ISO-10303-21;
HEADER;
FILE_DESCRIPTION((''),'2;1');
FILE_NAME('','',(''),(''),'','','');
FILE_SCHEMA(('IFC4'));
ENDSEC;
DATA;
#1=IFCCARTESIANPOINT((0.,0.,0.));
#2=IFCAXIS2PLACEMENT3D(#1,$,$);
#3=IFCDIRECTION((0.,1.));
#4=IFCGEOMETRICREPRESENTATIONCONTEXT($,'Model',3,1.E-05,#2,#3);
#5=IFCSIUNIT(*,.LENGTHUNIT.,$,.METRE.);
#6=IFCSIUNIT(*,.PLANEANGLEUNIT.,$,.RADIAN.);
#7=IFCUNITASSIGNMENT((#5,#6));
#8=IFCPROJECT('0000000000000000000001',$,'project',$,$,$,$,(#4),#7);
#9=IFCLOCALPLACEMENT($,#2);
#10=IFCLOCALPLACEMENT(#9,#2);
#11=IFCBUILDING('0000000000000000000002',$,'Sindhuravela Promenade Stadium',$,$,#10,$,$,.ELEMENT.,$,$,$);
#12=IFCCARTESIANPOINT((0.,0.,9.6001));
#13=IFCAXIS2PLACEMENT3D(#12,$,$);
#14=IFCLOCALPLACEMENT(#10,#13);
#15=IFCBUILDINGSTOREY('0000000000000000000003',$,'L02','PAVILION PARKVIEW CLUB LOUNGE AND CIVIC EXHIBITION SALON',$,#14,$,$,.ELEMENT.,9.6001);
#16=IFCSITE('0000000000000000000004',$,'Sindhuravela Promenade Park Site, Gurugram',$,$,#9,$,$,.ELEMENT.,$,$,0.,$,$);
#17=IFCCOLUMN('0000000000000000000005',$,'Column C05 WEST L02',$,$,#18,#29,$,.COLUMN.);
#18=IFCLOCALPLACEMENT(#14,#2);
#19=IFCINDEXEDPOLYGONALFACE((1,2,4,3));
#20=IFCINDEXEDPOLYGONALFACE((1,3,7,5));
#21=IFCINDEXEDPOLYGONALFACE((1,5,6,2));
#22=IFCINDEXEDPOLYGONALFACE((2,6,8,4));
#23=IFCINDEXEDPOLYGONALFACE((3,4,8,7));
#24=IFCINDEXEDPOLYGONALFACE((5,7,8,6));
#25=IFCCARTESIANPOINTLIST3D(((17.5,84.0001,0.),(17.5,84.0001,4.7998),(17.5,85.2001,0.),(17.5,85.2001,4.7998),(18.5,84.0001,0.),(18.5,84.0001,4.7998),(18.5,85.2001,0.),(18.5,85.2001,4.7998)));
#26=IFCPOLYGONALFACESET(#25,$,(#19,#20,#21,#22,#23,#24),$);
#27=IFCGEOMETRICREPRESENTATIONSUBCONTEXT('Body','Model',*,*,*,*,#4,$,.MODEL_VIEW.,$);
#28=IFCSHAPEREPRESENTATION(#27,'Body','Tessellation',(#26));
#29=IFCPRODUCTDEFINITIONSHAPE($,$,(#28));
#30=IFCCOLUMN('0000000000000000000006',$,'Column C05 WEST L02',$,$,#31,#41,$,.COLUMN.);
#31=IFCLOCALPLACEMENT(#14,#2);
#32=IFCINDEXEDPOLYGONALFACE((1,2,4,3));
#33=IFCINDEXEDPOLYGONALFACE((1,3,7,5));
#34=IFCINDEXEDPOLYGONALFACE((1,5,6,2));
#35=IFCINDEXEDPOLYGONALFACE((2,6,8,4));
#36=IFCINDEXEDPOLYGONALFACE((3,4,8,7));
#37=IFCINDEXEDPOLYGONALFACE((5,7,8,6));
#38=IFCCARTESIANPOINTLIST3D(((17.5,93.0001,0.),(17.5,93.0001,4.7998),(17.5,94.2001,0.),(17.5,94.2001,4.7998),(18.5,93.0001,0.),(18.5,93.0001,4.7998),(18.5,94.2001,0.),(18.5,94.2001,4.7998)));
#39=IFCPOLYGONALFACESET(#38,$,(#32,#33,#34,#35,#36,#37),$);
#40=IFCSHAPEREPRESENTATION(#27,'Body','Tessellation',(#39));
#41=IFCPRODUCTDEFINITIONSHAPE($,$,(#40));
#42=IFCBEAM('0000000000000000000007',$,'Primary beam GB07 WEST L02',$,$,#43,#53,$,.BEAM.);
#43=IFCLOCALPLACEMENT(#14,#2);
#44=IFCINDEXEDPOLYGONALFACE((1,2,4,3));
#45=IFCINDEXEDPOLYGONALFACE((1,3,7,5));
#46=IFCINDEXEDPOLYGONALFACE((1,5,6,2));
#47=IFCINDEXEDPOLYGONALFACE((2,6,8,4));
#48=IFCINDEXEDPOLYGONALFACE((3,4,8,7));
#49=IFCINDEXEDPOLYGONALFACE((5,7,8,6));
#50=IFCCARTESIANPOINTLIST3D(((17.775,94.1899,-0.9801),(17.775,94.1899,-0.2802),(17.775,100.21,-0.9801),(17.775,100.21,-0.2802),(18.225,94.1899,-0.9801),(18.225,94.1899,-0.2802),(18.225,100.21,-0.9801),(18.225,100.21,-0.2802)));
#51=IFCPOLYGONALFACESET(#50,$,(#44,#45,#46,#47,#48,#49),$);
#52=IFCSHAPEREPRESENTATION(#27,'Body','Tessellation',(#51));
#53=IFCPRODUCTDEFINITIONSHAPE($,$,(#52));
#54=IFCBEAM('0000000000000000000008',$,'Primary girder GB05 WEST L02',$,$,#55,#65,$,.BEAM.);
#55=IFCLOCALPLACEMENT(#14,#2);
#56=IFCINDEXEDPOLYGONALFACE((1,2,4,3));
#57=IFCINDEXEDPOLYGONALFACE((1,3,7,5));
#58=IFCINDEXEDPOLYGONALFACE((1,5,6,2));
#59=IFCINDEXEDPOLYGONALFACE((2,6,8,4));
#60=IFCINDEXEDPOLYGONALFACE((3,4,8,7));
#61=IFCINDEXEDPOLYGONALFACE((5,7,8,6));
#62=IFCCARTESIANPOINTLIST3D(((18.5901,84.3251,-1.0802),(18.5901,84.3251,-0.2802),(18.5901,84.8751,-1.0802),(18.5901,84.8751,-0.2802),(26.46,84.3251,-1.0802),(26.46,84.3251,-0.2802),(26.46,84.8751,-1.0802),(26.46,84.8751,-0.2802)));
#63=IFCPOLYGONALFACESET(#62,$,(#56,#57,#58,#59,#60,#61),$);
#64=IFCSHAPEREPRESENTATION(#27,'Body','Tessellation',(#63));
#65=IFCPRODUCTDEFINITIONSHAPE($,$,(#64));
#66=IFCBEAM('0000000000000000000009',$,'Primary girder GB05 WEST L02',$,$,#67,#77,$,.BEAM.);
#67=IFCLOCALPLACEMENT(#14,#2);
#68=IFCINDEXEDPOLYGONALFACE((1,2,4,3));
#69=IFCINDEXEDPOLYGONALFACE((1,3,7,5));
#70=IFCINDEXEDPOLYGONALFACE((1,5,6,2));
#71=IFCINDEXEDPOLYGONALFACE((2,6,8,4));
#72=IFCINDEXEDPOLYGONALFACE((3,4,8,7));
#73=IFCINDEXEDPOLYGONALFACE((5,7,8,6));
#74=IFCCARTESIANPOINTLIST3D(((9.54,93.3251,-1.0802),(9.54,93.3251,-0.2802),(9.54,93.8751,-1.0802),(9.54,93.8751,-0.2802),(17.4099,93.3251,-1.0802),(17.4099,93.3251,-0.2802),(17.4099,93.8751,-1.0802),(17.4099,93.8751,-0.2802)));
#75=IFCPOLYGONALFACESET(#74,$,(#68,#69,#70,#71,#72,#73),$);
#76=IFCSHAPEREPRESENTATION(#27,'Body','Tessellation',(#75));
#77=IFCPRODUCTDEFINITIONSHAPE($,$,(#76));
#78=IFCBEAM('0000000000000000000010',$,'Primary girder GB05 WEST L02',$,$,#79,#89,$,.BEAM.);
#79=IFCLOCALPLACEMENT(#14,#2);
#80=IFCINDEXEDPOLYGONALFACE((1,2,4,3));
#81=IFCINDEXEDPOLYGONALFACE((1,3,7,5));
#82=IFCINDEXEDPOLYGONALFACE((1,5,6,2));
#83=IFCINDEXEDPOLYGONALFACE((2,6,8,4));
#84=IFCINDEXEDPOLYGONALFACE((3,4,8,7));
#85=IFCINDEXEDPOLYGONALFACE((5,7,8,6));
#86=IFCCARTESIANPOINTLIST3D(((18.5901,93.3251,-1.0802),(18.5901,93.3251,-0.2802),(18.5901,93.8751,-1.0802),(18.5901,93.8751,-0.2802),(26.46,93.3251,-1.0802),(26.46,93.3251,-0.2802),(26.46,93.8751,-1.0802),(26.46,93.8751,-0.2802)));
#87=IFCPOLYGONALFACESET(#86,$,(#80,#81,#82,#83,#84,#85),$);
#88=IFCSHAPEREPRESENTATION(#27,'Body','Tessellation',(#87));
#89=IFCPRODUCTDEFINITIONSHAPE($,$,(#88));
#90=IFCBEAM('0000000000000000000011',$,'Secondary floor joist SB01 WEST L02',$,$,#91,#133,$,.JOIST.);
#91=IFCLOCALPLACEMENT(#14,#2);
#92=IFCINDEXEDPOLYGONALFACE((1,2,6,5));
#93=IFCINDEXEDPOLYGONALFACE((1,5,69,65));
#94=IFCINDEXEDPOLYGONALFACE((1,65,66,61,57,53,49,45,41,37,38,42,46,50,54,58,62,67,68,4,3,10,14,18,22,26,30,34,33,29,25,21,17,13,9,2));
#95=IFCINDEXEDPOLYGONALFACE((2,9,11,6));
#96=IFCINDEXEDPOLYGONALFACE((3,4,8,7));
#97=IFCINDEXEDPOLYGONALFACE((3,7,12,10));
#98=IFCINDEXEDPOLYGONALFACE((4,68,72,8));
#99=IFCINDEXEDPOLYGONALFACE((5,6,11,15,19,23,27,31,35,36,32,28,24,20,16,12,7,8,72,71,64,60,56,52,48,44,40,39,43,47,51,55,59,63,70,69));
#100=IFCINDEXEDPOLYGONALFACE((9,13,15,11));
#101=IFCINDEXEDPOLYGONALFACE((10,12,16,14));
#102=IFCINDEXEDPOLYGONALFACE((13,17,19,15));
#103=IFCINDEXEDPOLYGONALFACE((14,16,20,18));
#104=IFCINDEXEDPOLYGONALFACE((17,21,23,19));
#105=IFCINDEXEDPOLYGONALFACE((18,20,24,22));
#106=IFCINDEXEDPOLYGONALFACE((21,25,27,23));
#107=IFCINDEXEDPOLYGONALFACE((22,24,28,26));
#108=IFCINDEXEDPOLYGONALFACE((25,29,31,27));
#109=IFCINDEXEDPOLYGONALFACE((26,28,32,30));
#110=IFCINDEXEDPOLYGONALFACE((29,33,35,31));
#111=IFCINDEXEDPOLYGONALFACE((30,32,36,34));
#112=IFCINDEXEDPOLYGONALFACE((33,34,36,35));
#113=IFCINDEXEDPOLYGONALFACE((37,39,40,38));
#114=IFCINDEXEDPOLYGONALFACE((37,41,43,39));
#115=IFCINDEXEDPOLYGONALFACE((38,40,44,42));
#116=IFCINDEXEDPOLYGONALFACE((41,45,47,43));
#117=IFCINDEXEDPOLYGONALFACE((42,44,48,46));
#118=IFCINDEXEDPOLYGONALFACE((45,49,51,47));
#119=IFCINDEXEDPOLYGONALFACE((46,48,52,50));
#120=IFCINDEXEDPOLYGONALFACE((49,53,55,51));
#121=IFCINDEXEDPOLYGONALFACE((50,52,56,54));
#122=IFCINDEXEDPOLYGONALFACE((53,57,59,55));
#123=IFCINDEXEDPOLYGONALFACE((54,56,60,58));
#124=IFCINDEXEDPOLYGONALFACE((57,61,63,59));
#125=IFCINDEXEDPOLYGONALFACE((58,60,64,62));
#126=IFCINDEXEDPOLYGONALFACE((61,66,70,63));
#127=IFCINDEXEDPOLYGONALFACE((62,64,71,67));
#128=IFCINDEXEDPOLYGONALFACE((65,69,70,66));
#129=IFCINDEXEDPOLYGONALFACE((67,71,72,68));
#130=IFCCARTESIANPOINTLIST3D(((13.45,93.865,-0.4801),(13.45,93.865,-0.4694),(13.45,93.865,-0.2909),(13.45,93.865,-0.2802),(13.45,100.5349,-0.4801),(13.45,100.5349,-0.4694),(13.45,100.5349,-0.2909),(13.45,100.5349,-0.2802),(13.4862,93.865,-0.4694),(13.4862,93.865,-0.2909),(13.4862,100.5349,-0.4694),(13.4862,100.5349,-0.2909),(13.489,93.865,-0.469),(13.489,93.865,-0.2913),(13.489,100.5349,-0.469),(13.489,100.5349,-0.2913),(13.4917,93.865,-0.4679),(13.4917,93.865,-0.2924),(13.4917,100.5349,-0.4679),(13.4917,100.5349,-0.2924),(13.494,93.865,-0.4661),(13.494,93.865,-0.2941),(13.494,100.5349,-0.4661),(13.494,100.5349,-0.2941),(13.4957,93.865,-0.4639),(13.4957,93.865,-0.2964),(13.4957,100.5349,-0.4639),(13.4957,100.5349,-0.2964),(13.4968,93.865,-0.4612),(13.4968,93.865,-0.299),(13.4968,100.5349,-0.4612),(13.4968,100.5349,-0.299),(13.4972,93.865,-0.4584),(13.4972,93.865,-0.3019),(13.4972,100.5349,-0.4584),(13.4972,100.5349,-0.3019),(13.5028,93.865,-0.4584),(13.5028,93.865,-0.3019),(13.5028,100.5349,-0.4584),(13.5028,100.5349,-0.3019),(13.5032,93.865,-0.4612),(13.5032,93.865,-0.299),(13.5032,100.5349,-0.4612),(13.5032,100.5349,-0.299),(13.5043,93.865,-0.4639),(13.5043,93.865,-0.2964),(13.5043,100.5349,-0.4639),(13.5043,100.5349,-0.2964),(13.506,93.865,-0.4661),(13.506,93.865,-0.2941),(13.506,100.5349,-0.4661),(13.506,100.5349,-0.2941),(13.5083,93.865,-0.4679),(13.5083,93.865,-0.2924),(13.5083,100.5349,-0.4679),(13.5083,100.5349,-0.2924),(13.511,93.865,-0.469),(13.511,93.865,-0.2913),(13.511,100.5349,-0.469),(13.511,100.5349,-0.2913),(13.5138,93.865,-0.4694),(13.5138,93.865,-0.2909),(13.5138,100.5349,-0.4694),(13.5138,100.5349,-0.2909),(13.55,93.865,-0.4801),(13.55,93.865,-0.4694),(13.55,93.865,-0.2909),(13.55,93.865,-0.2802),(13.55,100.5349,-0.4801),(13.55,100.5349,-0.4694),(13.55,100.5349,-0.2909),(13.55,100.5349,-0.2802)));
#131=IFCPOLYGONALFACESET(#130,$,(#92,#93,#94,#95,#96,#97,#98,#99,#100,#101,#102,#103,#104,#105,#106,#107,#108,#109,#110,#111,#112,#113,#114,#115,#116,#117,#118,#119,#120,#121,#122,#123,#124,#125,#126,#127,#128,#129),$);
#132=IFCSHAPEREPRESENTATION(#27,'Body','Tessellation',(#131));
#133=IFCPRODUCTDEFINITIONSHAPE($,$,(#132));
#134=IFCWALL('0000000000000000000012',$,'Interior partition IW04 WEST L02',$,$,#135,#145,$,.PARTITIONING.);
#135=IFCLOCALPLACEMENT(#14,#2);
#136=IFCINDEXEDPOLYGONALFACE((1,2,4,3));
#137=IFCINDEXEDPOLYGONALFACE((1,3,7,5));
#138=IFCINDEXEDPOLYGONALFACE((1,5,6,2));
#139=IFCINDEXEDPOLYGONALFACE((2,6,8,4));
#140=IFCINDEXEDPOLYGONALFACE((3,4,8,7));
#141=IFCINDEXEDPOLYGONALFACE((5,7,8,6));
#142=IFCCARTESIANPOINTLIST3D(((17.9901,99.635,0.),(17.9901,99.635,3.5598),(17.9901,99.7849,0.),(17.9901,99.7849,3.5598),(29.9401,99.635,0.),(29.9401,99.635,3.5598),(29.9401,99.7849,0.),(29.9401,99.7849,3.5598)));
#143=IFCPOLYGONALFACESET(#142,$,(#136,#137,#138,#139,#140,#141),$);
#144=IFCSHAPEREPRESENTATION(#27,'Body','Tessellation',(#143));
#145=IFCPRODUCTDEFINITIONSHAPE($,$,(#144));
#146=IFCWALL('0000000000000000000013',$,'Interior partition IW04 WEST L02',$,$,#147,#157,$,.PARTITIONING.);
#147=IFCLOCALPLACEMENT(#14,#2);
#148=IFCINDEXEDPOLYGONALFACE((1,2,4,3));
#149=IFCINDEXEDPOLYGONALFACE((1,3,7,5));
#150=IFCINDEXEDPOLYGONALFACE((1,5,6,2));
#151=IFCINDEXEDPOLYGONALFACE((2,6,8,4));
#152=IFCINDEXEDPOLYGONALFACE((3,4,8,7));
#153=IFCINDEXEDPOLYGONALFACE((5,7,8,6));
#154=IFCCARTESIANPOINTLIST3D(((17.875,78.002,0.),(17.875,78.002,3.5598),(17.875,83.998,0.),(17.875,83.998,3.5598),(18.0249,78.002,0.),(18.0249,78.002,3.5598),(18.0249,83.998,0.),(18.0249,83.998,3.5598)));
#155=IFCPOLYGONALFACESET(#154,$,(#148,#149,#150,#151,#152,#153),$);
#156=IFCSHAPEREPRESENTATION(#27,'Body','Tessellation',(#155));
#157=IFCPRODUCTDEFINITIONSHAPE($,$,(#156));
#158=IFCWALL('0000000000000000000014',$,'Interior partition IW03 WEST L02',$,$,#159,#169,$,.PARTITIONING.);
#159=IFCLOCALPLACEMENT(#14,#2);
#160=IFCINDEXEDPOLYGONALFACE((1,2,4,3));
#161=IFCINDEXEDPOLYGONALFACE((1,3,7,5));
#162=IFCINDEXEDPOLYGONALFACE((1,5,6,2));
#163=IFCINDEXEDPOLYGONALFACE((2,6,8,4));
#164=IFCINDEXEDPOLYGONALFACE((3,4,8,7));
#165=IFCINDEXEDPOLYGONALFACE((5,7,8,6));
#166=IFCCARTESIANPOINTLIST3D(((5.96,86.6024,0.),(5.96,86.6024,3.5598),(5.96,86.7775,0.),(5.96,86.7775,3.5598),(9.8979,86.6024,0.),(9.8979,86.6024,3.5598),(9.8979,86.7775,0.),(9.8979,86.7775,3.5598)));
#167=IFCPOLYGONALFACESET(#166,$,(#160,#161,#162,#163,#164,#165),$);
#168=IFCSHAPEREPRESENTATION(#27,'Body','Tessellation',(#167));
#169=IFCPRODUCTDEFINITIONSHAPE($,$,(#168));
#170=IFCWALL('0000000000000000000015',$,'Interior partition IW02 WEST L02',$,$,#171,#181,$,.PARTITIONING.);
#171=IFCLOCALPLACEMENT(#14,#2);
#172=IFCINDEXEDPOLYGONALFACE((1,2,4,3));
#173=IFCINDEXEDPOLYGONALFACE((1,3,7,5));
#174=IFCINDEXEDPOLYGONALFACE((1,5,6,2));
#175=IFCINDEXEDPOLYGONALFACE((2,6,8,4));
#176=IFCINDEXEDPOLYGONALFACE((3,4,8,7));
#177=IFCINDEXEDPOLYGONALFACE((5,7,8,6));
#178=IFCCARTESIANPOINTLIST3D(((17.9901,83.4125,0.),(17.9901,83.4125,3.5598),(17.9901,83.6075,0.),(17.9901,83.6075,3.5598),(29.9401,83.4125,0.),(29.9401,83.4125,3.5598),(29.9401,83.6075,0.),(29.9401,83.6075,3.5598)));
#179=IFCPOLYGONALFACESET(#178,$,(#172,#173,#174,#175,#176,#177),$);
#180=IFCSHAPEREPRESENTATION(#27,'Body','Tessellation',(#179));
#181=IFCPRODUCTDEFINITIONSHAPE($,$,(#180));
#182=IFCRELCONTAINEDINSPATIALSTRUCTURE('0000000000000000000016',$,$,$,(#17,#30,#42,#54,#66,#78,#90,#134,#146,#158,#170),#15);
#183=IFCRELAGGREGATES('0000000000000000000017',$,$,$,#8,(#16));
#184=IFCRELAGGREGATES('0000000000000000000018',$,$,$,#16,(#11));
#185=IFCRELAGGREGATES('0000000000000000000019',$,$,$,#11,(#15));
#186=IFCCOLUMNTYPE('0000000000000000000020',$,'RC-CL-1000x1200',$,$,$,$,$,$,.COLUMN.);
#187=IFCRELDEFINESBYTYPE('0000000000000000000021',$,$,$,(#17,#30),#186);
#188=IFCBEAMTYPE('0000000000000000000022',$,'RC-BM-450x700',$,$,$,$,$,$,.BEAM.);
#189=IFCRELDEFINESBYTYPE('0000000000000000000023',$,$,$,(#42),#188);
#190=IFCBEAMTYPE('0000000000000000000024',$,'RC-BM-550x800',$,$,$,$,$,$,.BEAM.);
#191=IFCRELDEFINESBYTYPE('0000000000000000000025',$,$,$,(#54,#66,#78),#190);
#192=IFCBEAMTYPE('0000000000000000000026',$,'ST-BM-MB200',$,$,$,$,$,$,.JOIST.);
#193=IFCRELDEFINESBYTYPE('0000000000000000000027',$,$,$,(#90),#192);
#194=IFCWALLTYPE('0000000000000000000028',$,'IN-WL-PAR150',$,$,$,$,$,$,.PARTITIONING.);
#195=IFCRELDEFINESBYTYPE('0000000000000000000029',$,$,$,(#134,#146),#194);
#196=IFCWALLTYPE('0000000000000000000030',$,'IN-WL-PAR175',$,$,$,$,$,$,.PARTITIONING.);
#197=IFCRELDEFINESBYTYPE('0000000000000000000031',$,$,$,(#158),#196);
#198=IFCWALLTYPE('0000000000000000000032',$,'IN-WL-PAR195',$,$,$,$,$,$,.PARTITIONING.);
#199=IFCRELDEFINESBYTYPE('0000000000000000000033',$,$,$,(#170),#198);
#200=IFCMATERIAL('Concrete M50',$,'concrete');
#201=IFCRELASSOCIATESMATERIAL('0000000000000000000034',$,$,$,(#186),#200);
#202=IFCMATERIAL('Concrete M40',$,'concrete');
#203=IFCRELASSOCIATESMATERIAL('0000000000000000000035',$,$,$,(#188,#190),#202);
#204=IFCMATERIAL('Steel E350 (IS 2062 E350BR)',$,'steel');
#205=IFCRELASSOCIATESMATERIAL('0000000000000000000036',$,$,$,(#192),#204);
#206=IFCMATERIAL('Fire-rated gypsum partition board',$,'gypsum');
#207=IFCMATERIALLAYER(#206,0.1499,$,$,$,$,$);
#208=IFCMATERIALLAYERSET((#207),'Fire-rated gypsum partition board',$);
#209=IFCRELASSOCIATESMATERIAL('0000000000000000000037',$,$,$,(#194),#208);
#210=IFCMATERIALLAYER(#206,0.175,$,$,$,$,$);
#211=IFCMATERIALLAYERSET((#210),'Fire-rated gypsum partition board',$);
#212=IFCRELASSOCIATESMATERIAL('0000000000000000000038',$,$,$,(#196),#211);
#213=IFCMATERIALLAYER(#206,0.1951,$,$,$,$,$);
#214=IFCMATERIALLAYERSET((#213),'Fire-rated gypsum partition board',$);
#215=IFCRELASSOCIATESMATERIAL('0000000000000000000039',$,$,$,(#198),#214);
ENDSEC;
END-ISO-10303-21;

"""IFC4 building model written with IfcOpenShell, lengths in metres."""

from ifc_helpers import new_model, si_unit, direction, frame, frame_2d, origin, origin_2d, place, context, subcontext, project, spatial, rectangle, i_section, extrude, material, layer, layer_set, material_profile, profile_set, type_object, element, save


model = new_model("IFC4")

# Units and contexts
model_context = context("Model", 3, precision=1e-05, world=origin(), true_north=direction((0.0, 1.0)))
body_context = subcontext(model_context, "Body", "Model", "MODEL_VIEW")
ifc_project = project(units=[si_unit("LENGTHUNIT", "METRE"), si_unit("PLANEANGLEUNIT", "RADIAN")], contexts=[model_context])

# Site, building, storey
site_placement = place(None, origin())
site = spatial("IfcSite", under=ifc_project, at=site_placement, Name="Sindhuravela Promenade Park Site, Gurugram", CompositionType="ELEMENT", RefElevation=0.0)
building_placement = place(site_placement, origin())
building = spatial("IfcBuilding", under=site, at=building_placement, Name="Sindhuravela Promenade Stadium", CompositionType="ELEMENT")
storey_placement = place(building_placement, frame((0.0, 0.0, 9.6001)))
storey = spatial("IfcBuildingStorey", under=building, at=storey_placement, Name="L02", Description="PAVILION PARKVIEW CLUB LOUNGE AND CIVIC EXHIBITION SALON", CompositionType="ELEMENT", Elevation=9.6001)

# Columns
ifc_material_1 = material(Name="Concrete M50", Category="concrete")
ifc_material_profile_1 = material_profile(ifc_material_1, rectangle(XDim=1.0, YDim=1.2, at=origin_2d()), Name="RC 1000x1200")
ifc_profile_set_1 = profile_set([ifc_material_profile_1], Name="Concrete M50")
column_type = type_object("IfcColumnType", Name="RC-CL-1000x1200", PredefinedType="COLUMN", material=ifc_profile_set_1)
for number, where, z_axis, x_axis, name in (
    (1, (18.0, 84.6001, 0.0), (0.0, 0.0, 1.0), (1.0, 0.0, 0.0), "Column C05 WEST L02"),
    (2, (18.0, 93.6001, 0.0), (0.0, 0.0, 1.0), (1.0, 0.0, 0.0), "Column C05 WEST L02"),
):
    element("IfcColumn", number, at=place(storey_placement, frame(where, z_axis=z_axis, x_axis=x_axis)), inside=storey, type_object=column_type, Name=name, PredefinedType="COLUMN", context=body_context, shape_type="SweptSolid", body=[
        extrude(rectangle(XDim=1.0, YDim=1.2, at=origin_2d()), origin(), (0.0, 0.0, 1.0), 4.7998),
    ])

# Beams
ifc_material_2 = material(Name="Concrete M40", Category="concrete")
ifc_material_profile_2 = material_profile(ifc_material_2, rectangle(XDim=0.45, YDim=0.7, at=origin_2d()), Name="RC 450x700")
ifc_profile_set_2 = profile_set([ifc_material_profile_2], Name="Concrete M40")
beam_type_1 = type_object("IfcBeamType", Name="RC-BM-450x700", PredefinedType="BEAM", material=ifc_profile_set_2)
beam_1_placement = place(storey_placement, frame((18.0, 94.1899, -0.6301), z_axis=(0.0, 1.0, 0.0), x_axis=(-1.0, 0.0, 0.0)))
element("IfcBeam", 3, at=beam_1_placement, inside=storey, type_object=beam_type_1, Name="Primary beam GB07 WEST L02", PredefinedType="BEAM", context=body_context, shape_type="SweptSolid", body=[
    extrude(rectangle(XDim=0.45, YDim=0.7, at=origin_2d()), origin(), (0.0, 0.0, 1.0), 6.02),
])
ifc_material_profile_3 = material_profile(ifc_material_2, rectangle(XDim=0.55, YDim=0.8, at=origin_2d()), Name="RC 550x800")
ifc_profile_set_3 = profile_set([ifc_material_profile_3], Name="Concrete M40")
beam_type_2 = type_object("IfcBeamType", Name="RC-BM-550x800", PredefinedType="BEAM", material=ifc_profile_set_3)
for number, where, z_axis, x_axis, name in (
    (4, (18.5901, 84.6001, -0.6802), (1.0, 0.0, 0.0), (0.0, 1.0, 0.0), "Primary girder GB05 WEST L02"),
    (5, (9.54, 93.6001, -0.6802), (1.0, 0.0, 0.0), (0.0, 1.0, 0.0), "Primary girder GB05 WEST L02"),
    (6, (18.5901, 93.6001, -0.6802), (1.0, 0.0, 0.0), (0.0, 1.0, 0.0), "Primary girder GB05 WEST L02"),
):
    element("IfcBeam", number, at=place(storey_placement, frame(where, z_axis=z_axis, x_axis=x_axis)), inside=storey, type_object=beam_type_2, Name=name, PredefinedType="BEAM", context=body_context, shape_type="SweptSolid", body=[
        extrude(rectangle(XDim=0.55, YDim=0.8, at=origin_2d()), origin(), (0.0, 0.0, 1.0), 7.8699),
    ])
ifc_material_3 = material(Name="Steel E350 (IS 2062 E350BR)", Category="steel")
ifc_material_profile_4 = material_profile(ifc_material_3, i_section(OverallWidth=0.1001, OverallDepth=0.2, WebThickness=0.0056, FlangeThickness=0.0107, FilletRadius=0.011, at=origin_2d()), Name="ISMB 200")
ifc_profile_set_4 = profile_set([ifc_material_profile_4], Name="Steel E350 (IS 2062 E350BR)")
beam_type_3 = type_object("IfcBeamType", Name="ST-BM-MB200", PredefinedType="JOIST", material=ifc_profile_set_4)
beam_2_placement = place(storey_placement, frame((13.5, 93.865, -0.3801), z_axis=(0.0, 1.0, 0.0), x_axis=(-1.0, 0.0, 0.0)))
element("IfcBeam", 7, at=beam_2_placement, inside=storey, type_object=beam_type_3, Name="Secondary floor joist SB01 WEST L02", PredefinedType="JOIST", context=body_context, shape_type="SweptSolid", body=[
    extrude(i_section(OverallWidth=0.1001, OverallDepth=0.2, WebThickness=0.0056, FlangeThickness=0.0107, FilletRadius=0.011, at=origin_2d()), origin(), (0.0, 0.0, 1.0), 6.6699),
])

# Walls
ifc_material_4 = material(Name="Fire-rated gypsum partition board", Category="gypsum")
ifc_layer_1 = layer(ifc_material_4, 0.1499)
ifc_layer_set_1 = layer_set([ifc_layer_1], Name="Fire-rated gypsum partition board")
wall_type_1 = type_object("IfcWallType", Name="IN-WL-PAR150", PredefinedType="PARTITIONING", material=ifc_layer_set_1)
wall_1_placement = place(storey_placement, frame((17.99, 99.71, 0.0), z_axis=(0.0, 0.0, 1.0), x_axis=(1.0, 0.0, 0.0)))
element("IfcWall", 8, at=wall_1_placement, inside=storey, type_object=wall_type_1, Name="Interior partition IW04 WEST L02", PredefinedType="PARTITIONING", context=body_context, shape_type="SweptSolid", body=[
    extrude(rectangle(XDim=11.95, YDim=0.1499, at=frame_2d((5.9751, 0.0))), origin(), (0.0, 0.0, 1.0), 3.5598),
])
wall_2_placement = place(storey_placement, frame((17.95, 83.998, 0.0), z_axis=(0.0, 0.0, 1.0), x_axis=(0.0, -1.0, 0.0)))
element("IfcWall", 9, at=wall_2_placement, inside=storey, type_object=wall_type_1, Name="Interior partition IW04 WEST L02", PredefinedType="PARTITIONING", context=body_context, shape_type="SweptSolid", body=[
    extrude(rectangle(XDim=5.9961, YDim=0.1499, at=frame_2d((2.998, 0.0))), origin(), (0.0, 0.0, 1.0), 3.5598),
])
ifc_layer_2 = layer(ifc_material_4, 0.175)
ifc_layer_set_2 = layer_set([ifc_layer_2], Name="Fire-rated gypsum partition board")
wall_type_2 = type_object("IfcWallType", Name="IN-WL-PAR175", PredefinedType="PARTITIONING", material=ifc_layer_set_2)
wall_3_placement = place(storey_placement, frame((9.8979, 86.6899, 0.0), z_axis=(0.0, 0.0, 1.0), x_axis=(-1.0, 0.0, 0.0)))
element("IfcWall", 10, at=wall_3_placement, inside=storey, type_object=wall_type_2, Name="Interior partition IW03 WEST L02", PredefinedType="PARTITIONING", context=body_context, shape_type="SweptSolid", body=[
    extrude(rectangle(XDim=3.938, YDim=0.175, at=frame_2d((1.969, 0.0))), origin(), (0.0, 0.0, 1.0), 3.5598),
])
ifc_layer_3 = layer(ifc_material_4, 0.1951)
ifc_layer_set_3 = layer_set([ifc_layer_3], Name="Fire-rated gypsum partition board")
wall_type_3 = type_object("IfcWallType", Name="IN-WL-PAR195", PredefinedType="PARTITIONING", material=ifc_layer_set_3)
wall_4_placement = place(storey_placement, frame((17.99, 83.51, 0.0), z_axis=(0.0, 0.0, 1.0), x_axis=(1.0, 0.0, 0.0)))
element("IfcWall", 11, at=wall_4_placement, inside=storey, type_object=wall_type_3, Name="Interior partition IW02 WEST L02", PredefinedType="PARTITIONING", context=body_context, shape_type="SweptSolid", body=[
    extrude(rectangle(XDim=11.95, YDim=0.1951, at=frame_2d((5.9751, 0.0))), origin(), (0.0, 0.0, 1.0), 3.5598),
])

save(model, "model.ifc")
